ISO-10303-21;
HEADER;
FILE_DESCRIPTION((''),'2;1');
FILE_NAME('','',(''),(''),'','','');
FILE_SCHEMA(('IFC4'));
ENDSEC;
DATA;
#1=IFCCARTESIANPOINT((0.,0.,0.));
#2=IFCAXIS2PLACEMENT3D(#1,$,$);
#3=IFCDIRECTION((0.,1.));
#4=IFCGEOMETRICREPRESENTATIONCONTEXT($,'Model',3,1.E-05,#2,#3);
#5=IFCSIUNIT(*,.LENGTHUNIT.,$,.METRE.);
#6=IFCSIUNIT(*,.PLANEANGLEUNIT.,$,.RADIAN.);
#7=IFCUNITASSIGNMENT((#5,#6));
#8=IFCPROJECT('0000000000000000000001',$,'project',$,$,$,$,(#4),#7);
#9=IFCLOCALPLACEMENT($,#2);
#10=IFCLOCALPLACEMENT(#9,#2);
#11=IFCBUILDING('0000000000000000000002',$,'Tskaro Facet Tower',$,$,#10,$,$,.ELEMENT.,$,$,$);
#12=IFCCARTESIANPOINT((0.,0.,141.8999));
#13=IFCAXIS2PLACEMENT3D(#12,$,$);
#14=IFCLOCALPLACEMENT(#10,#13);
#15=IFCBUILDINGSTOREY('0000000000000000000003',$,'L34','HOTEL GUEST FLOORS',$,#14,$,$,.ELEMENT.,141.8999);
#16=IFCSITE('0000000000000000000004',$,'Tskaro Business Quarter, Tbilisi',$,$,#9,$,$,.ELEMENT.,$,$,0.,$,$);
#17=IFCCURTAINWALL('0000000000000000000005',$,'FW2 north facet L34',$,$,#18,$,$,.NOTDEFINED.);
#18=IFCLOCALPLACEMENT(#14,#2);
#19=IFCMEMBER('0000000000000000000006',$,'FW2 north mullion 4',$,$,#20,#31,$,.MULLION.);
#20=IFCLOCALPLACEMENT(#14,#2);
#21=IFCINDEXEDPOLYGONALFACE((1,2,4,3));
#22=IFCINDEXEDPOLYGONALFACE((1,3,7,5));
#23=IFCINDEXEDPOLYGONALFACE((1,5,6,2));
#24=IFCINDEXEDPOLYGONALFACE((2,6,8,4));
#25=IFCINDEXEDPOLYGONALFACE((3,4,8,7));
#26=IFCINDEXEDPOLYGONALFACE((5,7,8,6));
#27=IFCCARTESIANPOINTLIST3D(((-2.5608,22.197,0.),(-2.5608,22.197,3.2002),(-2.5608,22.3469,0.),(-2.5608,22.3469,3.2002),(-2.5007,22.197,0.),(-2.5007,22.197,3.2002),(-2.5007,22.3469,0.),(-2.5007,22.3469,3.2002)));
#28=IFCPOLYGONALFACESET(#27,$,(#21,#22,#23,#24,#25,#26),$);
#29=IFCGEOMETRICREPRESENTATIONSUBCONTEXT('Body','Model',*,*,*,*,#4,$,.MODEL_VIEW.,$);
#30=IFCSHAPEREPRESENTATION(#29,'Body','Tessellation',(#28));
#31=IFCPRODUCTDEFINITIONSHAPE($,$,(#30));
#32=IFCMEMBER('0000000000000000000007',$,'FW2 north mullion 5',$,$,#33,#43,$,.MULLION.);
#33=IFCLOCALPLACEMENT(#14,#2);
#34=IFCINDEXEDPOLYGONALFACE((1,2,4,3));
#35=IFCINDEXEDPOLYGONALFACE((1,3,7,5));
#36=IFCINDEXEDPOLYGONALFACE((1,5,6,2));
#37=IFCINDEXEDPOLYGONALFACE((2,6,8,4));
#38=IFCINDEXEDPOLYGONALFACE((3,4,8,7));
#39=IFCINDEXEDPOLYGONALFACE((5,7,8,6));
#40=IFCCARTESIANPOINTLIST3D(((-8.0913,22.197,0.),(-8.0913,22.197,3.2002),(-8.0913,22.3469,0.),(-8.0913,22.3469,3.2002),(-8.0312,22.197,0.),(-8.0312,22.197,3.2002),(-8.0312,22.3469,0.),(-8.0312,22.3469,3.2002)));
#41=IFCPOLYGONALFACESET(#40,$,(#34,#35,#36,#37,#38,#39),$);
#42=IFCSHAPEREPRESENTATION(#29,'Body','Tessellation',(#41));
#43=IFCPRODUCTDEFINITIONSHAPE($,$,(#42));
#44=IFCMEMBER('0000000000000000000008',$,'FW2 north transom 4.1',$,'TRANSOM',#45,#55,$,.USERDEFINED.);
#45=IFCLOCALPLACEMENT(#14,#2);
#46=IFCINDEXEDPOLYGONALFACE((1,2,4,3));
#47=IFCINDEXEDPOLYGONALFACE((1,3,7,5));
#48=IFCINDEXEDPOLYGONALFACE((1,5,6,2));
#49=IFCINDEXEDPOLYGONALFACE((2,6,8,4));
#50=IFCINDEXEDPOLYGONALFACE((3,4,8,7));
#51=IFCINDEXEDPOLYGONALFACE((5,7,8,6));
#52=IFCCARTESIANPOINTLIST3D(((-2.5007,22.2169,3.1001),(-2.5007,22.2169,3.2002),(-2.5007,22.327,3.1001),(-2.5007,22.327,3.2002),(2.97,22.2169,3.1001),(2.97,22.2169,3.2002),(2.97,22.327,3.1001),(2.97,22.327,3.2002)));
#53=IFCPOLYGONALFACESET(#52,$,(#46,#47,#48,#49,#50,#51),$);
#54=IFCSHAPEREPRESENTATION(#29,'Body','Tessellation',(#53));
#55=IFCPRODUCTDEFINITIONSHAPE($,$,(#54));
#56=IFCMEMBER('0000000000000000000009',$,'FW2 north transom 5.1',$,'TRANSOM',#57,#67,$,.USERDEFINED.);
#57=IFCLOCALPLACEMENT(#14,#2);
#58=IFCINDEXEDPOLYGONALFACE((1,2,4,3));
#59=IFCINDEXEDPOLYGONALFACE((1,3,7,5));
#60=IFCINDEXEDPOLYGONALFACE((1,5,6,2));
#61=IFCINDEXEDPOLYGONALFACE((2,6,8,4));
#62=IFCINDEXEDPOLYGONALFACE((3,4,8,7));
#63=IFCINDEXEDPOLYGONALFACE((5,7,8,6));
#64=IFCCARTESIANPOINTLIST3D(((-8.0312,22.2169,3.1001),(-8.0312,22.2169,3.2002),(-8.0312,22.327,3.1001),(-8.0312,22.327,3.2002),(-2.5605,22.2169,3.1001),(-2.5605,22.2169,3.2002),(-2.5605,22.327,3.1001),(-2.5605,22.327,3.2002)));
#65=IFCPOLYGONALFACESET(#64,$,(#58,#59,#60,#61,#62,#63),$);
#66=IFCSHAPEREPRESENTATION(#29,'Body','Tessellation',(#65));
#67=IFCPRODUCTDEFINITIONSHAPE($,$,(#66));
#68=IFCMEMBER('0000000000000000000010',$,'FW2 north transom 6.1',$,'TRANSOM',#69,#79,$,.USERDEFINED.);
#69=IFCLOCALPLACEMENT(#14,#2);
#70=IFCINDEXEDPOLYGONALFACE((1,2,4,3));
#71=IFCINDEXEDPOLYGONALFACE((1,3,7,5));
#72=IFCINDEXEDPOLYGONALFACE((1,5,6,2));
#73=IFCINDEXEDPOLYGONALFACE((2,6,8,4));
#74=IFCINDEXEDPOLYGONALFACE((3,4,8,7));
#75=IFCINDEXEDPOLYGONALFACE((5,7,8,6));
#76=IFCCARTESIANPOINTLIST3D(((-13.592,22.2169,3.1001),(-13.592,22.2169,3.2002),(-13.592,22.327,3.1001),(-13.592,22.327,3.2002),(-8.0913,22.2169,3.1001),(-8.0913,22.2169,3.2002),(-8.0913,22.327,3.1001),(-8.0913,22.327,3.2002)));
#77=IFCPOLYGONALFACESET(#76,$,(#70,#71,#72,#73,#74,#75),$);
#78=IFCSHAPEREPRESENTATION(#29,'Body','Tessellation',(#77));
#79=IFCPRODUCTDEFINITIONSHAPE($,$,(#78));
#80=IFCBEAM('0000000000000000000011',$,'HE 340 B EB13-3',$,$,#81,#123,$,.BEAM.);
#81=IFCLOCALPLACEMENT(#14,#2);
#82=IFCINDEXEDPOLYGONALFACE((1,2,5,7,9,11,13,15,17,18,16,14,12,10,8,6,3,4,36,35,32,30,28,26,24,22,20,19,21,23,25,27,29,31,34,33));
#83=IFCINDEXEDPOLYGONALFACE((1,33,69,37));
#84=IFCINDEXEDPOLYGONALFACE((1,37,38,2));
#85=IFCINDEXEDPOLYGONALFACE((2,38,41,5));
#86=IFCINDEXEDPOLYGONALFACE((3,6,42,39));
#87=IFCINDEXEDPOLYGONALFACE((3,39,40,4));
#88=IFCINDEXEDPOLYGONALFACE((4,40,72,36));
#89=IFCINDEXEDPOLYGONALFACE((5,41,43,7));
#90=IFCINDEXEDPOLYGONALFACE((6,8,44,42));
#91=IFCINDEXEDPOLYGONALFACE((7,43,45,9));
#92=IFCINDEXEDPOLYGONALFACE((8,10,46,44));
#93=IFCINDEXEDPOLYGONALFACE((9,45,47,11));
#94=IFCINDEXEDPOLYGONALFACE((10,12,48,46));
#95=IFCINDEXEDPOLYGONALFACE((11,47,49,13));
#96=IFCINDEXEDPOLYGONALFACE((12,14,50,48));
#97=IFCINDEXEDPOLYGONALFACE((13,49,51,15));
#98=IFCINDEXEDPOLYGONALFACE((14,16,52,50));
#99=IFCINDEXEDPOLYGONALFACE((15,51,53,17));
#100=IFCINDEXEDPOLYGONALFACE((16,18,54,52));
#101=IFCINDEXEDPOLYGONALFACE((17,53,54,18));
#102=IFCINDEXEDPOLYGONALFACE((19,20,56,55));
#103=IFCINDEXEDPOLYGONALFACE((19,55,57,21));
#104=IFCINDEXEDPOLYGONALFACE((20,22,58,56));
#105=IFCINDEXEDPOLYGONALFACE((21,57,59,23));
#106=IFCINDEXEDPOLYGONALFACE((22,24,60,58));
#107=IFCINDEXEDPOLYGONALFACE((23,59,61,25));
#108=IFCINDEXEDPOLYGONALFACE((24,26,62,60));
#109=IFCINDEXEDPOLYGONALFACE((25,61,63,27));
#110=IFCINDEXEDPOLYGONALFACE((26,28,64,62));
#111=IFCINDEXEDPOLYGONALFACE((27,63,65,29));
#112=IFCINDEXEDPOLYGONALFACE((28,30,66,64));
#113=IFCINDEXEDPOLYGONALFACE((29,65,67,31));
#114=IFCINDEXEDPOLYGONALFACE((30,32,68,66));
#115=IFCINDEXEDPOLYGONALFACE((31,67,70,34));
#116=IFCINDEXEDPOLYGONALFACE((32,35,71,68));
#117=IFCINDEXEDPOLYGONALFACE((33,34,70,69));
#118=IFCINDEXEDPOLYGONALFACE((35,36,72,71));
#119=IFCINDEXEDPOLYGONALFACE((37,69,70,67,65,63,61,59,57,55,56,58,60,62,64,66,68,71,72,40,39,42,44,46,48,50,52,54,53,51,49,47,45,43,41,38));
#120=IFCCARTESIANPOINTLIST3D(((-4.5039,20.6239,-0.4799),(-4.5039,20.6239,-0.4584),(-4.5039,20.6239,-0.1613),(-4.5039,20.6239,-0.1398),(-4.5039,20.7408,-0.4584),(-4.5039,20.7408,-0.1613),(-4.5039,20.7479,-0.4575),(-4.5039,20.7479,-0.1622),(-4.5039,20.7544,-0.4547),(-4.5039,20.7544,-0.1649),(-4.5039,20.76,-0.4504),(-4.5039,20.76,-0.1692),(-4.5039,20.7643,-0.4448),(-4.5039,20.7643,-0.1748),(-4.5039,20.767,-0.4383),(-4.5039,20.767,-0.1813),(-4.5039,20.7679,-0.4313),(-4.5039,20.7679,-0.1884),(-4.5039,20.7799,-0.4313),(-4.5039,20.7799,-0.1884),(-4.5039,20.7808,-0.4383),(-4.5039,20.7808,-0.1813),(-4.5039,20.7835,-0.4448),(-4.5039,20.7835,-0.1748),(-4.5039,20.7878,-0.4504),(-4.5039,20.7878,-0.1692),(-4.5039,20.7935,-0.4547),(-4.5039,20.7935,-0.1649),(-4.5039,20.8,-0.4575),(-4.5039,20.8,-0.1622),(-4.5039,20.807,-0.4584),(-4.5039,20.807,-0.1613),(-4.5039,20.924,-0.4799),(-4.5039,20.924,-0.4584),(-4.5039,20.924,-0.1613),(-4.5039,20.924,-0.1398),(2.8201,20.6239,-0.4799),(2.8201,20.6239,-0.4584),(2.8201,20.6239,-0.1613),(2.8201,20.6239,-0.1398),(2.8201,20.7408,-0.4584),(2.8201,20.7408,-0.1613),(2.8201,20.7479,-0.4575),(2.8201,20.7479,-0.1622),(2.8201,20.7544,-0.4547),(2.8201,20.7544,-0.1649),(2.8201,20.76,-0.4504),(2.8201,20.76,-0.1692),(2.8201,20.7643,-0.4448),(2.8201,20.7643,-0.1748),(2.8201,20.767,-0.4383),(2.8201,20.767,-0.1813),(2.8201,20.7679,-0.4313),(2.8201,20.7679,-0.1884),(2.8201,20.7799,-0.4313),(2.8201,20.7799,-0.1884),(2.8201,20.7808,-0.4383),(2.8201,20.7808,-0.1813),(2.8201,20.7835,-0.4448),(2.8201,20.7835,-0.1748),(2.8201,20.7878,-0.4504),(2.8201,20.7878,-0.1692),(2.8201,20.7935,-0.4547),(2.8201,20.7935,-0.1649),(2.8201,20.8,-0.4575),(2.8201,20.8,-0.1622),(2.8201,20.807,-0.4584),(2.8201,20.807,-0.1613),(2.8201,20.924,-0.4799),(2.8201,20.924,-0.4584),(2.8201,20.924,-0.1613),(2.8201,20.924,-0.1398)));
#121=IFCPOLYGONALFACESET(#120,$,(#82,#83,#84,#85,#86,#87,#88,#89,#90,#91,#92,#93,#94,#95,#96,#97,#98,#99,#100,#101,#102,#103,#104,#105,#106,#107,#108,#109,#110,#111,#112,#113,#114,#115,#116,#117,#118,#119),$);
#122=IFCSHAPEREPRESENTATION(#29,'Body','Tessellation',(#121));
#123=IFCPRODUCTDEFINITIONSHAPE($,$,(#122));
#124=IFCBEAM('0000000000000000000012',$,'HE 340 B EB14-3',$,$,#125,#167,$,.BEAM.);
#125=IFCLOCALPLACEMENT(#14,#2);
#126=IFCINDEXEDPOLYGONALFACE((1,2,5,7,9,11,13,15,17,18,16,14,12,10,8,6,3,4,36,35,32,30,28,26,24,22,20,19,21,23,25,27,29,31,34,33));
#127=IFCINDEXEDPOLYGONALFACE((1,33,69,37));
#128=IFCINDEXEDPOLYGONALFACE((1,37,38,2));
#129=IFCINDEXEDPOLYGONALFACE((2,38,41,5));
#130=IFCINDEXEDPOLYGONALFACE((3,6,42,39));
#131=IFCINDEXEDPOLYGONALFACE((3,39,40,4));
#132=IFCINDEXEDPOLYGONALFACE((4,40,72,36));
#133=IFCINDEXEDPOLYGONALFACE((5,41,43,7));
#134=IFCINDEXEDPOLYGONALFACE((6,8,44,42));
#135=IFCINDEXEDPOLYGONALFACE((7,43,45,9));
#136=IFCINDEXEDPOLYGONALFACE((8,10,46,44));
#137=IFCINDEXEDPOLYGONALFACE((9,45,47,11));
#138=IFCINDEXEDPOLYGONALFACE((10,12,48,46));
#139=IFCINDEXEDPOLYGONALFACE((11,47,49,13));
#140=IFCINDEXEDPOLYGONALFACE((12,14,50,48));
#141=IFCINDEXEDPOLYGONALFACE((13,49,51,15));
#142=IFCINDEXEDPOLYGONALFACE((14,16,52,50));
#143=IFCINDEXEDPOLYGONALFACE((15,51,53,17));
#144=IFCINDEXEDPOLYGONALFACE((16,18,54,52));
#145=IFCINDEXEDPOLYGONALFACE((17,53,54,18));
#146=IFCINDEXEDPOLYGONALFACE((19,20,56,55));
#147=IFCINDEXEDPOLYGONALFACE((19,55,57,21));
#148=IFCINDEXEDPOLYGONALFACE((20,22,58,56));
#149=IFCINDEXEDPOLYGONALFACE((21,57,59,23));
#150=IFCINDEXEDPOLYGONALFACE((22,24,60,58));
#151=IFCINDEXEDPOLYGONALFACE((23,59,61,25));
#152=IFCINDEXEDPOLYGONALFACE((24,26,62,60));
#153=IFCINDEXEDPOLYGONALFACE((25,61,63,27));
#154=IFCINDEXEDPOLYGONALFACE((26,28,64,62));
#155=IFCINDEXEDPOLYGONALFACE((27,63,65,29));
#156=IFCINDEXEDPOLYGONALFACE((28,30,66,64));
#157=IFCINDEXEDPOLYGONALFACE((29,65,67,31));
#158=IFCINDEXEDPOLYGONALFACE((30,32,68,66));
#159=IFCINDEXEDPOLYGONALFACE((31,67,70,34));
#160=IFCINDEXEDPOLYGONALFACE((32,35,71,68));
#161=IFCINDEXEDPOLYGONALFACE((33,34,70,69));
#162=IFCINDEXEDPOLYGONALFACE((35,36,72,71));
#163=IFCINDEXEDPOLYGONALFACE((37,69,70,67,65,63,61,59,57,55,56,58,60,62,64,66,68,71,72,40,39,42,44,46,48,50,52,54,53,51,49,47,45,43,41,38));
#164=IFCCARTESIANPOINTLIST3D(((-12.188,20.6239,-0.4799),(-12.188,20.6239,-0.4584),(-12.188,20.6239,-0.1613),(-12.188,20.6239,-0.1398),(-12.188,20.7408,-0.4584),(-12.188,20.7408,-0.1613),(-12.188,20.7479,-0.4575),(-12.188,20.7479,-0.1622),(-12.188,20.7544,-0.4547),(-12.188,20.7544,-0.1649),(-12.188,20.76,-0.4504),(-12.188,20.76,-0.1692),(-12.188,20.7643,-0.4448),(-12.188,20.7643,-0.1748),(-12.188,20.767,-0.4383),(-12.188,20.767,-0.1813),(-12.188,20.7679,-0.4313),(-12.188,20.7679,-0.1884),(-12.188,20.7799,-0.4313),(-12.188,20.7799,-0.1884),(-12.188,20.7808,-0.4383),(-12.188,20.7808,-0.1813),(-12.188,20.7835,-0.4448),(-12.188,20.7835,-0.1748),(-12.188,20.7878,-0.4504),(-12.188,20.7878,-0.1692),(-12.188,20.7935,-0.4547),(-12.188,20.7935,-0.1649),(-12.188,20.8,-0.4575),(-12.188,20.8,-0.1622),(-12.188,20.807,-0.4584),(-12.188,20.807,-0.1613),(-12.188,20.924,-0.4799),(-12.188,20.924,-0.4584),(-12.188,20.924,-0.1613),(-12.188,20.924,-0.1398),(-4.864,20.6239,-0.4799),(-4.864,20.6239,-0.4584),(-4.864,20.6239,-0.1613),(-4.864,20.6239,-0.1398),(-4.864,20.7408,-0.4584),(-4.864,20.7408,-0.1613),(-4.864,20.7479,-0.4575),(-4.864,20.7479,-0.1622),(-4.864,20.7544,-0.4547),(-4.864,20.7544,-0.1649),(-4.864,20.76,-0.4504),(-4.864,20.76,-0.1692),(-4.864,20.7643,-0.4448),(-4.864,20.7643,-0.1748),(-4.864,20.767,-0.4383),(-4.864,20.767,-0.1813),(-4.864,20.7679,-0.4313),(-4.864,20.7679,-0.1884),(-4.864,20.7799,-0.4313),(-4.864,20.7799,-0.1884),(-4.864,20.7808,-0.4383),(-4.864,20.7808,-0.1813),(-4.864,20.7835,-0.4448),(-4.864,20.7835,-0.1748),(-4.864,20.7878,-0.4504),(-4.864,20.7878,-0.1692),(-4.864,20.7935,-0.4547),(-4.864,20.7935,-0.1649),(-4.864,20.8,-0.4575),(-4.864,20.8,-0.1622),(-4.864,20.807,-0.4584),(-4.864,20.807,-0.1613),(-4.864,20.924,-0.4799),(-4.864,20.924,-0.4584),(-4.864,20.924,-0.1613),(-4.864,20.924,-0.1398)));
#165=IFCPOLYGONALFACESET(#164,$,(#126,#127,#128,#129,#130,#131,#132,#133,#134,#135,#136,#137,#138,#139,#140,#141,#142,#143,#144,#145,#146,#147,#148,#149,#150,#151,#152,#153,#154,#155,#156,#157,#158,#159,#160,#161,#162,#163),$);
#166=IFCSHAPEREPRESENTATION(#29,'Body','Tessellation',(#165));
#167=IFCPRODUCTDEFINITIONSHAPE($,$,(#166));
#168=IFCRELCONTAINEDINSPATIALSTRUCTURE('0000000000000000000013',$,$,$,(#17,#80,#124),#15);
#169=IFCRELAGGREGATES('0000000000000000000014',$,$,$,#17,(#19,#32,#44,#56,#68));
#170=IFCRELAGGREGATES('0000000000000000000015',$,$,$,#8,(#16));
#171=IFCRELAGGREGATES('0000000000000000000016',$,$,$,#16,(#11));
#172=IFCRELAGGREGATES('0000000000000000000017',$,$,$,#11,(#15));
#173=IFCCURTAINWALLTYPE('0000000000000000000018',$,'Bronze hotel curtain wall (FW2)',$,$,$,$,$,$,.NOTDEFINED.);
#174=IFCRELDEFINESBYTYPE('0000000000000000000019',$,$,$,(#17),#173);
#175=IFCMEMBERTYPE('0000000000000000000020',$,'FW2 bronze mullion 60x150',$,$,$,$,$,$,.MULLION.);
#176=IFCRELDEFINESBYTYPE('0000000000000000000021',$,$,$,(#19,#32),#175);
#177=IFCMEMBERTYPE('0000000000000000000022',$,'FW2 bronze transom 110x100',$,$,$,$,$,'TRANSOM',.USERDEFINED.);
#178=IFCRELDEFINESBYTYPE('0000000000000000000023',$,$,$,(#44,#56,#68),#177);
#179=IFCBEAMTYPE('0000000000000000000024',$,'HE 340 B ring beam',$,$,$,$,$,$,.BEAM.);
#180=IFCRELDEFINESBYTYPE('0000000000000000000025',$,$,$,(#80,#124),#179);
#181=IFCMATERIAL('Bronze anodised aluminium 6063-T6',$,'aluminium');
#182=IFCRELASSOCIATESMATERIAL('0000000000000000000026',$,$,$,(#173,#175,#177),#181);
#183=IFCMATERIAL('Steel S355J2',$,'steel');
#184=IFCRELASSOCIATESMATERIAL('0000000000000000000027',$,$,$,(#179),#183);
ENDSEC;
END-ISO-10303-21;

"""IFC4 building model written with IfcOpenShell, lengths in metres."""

from ifc_helpers import new_model, si_unit, direction, frame, origin, origin_2d, place, context, subcontext, project, spatial, rectangle, i_section, extrude, material, material_profile, profile_set, type_object, element, aggregate, save


model = new_model("IFC4")

# Units and contexts
model_context = context("Model", 3, precision=1e-05, world=origin(), true_north=direction((0.0, 1.0)))
body_context = subcontext(model_context, "Body", "Model", "MODEL_VIEW")
ifc_project = project(units=[si_unit("LENGTHUNIT", "METRE"), si_unit("PLANEANGLEUNIT", "RADIAN")], contexts=[model_context])

# Site, building, storey
site_placement = place(None, origin())
site = spatial("IfcSite", under=ifc_project, at=site_placement, Name="Tskaro Business Quarter, Tbilisi", CompositionType="ELEMENT", RefElevation=0.0)
building_placement = place(site_placement, origin())
building = spatial("IfcBuilding", under=site, at=building_placement, Name="Tskaro Facet Tower", CompositionType="ELEMENT")
storey_placement = place(building_placement, frame((0.0, 0.0, 141.8999)))
storey = spatial("IfcBuildingStorey", under=building, at=storey_placement, Name="L34", Description="HOTEL GUEST FLOORS", CompositionType="ELEMENT", Elevation=141.8999)

# Curtain wall, members
ifc_material_1 = material(Name="Bronze anodised aluminium 6063-T6", Category="aluminium")
curtain_wall_type = type_object("IfcCurtainWallType", Name="Bronze hotel curtain wall (FW2)", PredefinedType="NOTDEFINED", material=ifc_material_1)
curtain_wall_placement = place(storey_placement, origin())
curtain_wall = element("IfcCurtainWall", 1, at=curtain_wall_placement, inside=storey, type_object=curtain_wall_type, Name="FW2 north facet L34", PredefinedType="NOTDEFINED")
ifc_material_profile_1 = material_profile(ifc_material_1, rectangle(XDim=0.0601, YDim=0.1499, at=origin_2d()), Name="Mullion 60x150")
ifc_profile_set_1 = profile_set([ifc_material_profile_1], Name="Bronze anodised aluminium 6063-T6")
member_type_1 = type_object("IfcMemberType", Name="FW2 bronze mullion 60x150", PredefinedType="MULLION", material=ifc_profile_set_1)
member_1_placement = place(storey_placement, frame((-2.5308, 22.272, 0.0), z_axis=(0.0, 0.0, 1.0), x_axis=(-1.0, 0.0, 0.0)))
member_1 = element("IfcMember", 2, at=member_1_placement, type_object=member_type_1, Name="FW2 north mullion 4", PredefinedType="MULLION", context=body_context, shape_type="SweptSolid", body=[
    extrude(rectangle(XDim=0.0601, YDim=0.1499, at=origin_2d()), origin(), (0.0, 0.0, 1.0), 3.2002),
])
member_2_placement = place(storey_placement, frame((-8.0613, 22.272, 0.0), z_axis=(0.0, 0.0, 1.0), x_axis=(-1.0, 0.0, 0.0)))
member_2 = element("IfcMember", 3, at=member_2_placement, type_object=member_type_1, Name="FW2 north mullion 5", PredefinedType="MULLION", context=body_context, shape_type="SweptSolid", body=[
    extrude(rectangle(XDim=0.0601, YDim=0.1499, at=origin_2d()), origin(), (0.0, 0.0, 1.0), 3.2002),
])
ifc_material_profile_2 = material_profile(ifc_material_1, rectangle(XDim=0.1101, YDim=0.1001, at=origin_2d()), Name="Transom 110x100")
ifc_profile_set_2 = profile_set([ifc_material_profile_2], Name="Bronze anodised aluminium 6063-T6")
member_type_2 = type_object("IfcMemberType", Name="FW2 bronze transom 110x100", ElementType="TRANSOM", PredefinedType="USERDEFINED", material=ifc_profile_set_2)
member_3_placement = place(storey_placement, frame((2.97, 22.272, 3.1501), z_axis=(-1.0, 0.0, 0.0), x_axis=(0.0, -1.0, 0.0)))
member_3 = element("IfcMember", 4, at=member_3_placement, type_object=member_type_2, Name="FW2 north transom 4.1", ObjectType="TRANSOM", PredefinedType="USERDEFINED", context=body_context, shape_type="SweptSolid", body=[
    extrude(rectangle(XDim=0.1101, YDim=0.1001, at=origin_2d()), origin(), (0.0, 0.0, 1.0), 5.4707),
])
member_4_placement = place(storey_placement, frame((-2.5605, 22.272, 3.1501), z_axis=(-1.0, 0.0, 0.0), x_axis=(0.0, -1.0, 0.0)))
member_4 = element("IfcMember", 5, at=member_4_placement, type_object=member_type_2, Name="FW2 north transom 5.1", ObjectType="TRANSOM", PredefinedType="USERDEFINED", context=body_context, shape_type="SweptSolid", body=[
    extrude(rectangle(XDim=0.1101, YDim=0.1001, at=origin_2d()), origin(), (0.0, 0.0, 1.0), 5.4707),
])
member_5_placement = place(storey_placement, frame((-8.0913, 22.272, 3.1501), z_axis=(-1.0, 0.0, 0.0), x_axis=(0.0, -1.0, 0.0)))
member_5 = element("IfcMember", 6, at=member_5_placement, type_object=member_type_2, Name="FW2 north transom 6.1", ObjectType="TRANSOM", PredefinedType="USERDEFINED", context=body_context, shape_type="SweptSolid", body=[
    extrude(rectangle(XDim=0.1101, YDim=0.1001, at=origin_2d()), origin(), (0.0, 0.0, 1.0), 5.5007),
])

# Beams
ifc_material_2 = material(Name="Steel S355J2", Category="steel")
ifc_material_profile_3 = material_profile(ifc_material_2, i_section(OverallWidth=0.3, OverallDepth=0.3401, WebThickness=0.012, FlangeThickness=0.0215, FilletRadius=0.0271, at=origin_2d()), Name="HE 340 B")
ifc_profile_set_3 = profile_set([ifc_material_profile_3], Name="Steel S355J2")
beam_type_1 = type_object("IfcBeamType", Name="HE 340 B ring beam", PredefinedType="BEAM", material=ifc_profile_set_3)
for number, where, z_axis, x_axis, name in (
    (7, (2.8201, 20.7739, -0.3098), (-1.0, 0.0, 0.0), (0.0, -1.0, 0.0), "HE 340 B EB13-3"),
    (8, (-4.864, 20.7739, -0.3098), (-1.0, 0.0, 0.0), (0.0, -1.0, 0.0), "HE 340 B EB14-3"),
):
    element("IfcBeam", number, at=place(storey_placement, frame(where, z_axis=z_axis, x_axis=x_axis)), inside=storey, type_object=beam_type_1, Name=name, PredefinedType="BEAM", context=body_context, shape_type="SweptSolid", body=[
        extrude(i_section(OverallWidth=0.3, OverallDepth=0.3401, WebThickness=0.012, FlangeThickness=0.0215, FilletRadius=0.0271, at=origin_2d()), origin(), (0.0, 0.0, 1.0), 7.324),
    ])

aggregate(curtain_wall, [member_1, member_2, member_3, member_4, member_5])

save(model, "model.ifc")
